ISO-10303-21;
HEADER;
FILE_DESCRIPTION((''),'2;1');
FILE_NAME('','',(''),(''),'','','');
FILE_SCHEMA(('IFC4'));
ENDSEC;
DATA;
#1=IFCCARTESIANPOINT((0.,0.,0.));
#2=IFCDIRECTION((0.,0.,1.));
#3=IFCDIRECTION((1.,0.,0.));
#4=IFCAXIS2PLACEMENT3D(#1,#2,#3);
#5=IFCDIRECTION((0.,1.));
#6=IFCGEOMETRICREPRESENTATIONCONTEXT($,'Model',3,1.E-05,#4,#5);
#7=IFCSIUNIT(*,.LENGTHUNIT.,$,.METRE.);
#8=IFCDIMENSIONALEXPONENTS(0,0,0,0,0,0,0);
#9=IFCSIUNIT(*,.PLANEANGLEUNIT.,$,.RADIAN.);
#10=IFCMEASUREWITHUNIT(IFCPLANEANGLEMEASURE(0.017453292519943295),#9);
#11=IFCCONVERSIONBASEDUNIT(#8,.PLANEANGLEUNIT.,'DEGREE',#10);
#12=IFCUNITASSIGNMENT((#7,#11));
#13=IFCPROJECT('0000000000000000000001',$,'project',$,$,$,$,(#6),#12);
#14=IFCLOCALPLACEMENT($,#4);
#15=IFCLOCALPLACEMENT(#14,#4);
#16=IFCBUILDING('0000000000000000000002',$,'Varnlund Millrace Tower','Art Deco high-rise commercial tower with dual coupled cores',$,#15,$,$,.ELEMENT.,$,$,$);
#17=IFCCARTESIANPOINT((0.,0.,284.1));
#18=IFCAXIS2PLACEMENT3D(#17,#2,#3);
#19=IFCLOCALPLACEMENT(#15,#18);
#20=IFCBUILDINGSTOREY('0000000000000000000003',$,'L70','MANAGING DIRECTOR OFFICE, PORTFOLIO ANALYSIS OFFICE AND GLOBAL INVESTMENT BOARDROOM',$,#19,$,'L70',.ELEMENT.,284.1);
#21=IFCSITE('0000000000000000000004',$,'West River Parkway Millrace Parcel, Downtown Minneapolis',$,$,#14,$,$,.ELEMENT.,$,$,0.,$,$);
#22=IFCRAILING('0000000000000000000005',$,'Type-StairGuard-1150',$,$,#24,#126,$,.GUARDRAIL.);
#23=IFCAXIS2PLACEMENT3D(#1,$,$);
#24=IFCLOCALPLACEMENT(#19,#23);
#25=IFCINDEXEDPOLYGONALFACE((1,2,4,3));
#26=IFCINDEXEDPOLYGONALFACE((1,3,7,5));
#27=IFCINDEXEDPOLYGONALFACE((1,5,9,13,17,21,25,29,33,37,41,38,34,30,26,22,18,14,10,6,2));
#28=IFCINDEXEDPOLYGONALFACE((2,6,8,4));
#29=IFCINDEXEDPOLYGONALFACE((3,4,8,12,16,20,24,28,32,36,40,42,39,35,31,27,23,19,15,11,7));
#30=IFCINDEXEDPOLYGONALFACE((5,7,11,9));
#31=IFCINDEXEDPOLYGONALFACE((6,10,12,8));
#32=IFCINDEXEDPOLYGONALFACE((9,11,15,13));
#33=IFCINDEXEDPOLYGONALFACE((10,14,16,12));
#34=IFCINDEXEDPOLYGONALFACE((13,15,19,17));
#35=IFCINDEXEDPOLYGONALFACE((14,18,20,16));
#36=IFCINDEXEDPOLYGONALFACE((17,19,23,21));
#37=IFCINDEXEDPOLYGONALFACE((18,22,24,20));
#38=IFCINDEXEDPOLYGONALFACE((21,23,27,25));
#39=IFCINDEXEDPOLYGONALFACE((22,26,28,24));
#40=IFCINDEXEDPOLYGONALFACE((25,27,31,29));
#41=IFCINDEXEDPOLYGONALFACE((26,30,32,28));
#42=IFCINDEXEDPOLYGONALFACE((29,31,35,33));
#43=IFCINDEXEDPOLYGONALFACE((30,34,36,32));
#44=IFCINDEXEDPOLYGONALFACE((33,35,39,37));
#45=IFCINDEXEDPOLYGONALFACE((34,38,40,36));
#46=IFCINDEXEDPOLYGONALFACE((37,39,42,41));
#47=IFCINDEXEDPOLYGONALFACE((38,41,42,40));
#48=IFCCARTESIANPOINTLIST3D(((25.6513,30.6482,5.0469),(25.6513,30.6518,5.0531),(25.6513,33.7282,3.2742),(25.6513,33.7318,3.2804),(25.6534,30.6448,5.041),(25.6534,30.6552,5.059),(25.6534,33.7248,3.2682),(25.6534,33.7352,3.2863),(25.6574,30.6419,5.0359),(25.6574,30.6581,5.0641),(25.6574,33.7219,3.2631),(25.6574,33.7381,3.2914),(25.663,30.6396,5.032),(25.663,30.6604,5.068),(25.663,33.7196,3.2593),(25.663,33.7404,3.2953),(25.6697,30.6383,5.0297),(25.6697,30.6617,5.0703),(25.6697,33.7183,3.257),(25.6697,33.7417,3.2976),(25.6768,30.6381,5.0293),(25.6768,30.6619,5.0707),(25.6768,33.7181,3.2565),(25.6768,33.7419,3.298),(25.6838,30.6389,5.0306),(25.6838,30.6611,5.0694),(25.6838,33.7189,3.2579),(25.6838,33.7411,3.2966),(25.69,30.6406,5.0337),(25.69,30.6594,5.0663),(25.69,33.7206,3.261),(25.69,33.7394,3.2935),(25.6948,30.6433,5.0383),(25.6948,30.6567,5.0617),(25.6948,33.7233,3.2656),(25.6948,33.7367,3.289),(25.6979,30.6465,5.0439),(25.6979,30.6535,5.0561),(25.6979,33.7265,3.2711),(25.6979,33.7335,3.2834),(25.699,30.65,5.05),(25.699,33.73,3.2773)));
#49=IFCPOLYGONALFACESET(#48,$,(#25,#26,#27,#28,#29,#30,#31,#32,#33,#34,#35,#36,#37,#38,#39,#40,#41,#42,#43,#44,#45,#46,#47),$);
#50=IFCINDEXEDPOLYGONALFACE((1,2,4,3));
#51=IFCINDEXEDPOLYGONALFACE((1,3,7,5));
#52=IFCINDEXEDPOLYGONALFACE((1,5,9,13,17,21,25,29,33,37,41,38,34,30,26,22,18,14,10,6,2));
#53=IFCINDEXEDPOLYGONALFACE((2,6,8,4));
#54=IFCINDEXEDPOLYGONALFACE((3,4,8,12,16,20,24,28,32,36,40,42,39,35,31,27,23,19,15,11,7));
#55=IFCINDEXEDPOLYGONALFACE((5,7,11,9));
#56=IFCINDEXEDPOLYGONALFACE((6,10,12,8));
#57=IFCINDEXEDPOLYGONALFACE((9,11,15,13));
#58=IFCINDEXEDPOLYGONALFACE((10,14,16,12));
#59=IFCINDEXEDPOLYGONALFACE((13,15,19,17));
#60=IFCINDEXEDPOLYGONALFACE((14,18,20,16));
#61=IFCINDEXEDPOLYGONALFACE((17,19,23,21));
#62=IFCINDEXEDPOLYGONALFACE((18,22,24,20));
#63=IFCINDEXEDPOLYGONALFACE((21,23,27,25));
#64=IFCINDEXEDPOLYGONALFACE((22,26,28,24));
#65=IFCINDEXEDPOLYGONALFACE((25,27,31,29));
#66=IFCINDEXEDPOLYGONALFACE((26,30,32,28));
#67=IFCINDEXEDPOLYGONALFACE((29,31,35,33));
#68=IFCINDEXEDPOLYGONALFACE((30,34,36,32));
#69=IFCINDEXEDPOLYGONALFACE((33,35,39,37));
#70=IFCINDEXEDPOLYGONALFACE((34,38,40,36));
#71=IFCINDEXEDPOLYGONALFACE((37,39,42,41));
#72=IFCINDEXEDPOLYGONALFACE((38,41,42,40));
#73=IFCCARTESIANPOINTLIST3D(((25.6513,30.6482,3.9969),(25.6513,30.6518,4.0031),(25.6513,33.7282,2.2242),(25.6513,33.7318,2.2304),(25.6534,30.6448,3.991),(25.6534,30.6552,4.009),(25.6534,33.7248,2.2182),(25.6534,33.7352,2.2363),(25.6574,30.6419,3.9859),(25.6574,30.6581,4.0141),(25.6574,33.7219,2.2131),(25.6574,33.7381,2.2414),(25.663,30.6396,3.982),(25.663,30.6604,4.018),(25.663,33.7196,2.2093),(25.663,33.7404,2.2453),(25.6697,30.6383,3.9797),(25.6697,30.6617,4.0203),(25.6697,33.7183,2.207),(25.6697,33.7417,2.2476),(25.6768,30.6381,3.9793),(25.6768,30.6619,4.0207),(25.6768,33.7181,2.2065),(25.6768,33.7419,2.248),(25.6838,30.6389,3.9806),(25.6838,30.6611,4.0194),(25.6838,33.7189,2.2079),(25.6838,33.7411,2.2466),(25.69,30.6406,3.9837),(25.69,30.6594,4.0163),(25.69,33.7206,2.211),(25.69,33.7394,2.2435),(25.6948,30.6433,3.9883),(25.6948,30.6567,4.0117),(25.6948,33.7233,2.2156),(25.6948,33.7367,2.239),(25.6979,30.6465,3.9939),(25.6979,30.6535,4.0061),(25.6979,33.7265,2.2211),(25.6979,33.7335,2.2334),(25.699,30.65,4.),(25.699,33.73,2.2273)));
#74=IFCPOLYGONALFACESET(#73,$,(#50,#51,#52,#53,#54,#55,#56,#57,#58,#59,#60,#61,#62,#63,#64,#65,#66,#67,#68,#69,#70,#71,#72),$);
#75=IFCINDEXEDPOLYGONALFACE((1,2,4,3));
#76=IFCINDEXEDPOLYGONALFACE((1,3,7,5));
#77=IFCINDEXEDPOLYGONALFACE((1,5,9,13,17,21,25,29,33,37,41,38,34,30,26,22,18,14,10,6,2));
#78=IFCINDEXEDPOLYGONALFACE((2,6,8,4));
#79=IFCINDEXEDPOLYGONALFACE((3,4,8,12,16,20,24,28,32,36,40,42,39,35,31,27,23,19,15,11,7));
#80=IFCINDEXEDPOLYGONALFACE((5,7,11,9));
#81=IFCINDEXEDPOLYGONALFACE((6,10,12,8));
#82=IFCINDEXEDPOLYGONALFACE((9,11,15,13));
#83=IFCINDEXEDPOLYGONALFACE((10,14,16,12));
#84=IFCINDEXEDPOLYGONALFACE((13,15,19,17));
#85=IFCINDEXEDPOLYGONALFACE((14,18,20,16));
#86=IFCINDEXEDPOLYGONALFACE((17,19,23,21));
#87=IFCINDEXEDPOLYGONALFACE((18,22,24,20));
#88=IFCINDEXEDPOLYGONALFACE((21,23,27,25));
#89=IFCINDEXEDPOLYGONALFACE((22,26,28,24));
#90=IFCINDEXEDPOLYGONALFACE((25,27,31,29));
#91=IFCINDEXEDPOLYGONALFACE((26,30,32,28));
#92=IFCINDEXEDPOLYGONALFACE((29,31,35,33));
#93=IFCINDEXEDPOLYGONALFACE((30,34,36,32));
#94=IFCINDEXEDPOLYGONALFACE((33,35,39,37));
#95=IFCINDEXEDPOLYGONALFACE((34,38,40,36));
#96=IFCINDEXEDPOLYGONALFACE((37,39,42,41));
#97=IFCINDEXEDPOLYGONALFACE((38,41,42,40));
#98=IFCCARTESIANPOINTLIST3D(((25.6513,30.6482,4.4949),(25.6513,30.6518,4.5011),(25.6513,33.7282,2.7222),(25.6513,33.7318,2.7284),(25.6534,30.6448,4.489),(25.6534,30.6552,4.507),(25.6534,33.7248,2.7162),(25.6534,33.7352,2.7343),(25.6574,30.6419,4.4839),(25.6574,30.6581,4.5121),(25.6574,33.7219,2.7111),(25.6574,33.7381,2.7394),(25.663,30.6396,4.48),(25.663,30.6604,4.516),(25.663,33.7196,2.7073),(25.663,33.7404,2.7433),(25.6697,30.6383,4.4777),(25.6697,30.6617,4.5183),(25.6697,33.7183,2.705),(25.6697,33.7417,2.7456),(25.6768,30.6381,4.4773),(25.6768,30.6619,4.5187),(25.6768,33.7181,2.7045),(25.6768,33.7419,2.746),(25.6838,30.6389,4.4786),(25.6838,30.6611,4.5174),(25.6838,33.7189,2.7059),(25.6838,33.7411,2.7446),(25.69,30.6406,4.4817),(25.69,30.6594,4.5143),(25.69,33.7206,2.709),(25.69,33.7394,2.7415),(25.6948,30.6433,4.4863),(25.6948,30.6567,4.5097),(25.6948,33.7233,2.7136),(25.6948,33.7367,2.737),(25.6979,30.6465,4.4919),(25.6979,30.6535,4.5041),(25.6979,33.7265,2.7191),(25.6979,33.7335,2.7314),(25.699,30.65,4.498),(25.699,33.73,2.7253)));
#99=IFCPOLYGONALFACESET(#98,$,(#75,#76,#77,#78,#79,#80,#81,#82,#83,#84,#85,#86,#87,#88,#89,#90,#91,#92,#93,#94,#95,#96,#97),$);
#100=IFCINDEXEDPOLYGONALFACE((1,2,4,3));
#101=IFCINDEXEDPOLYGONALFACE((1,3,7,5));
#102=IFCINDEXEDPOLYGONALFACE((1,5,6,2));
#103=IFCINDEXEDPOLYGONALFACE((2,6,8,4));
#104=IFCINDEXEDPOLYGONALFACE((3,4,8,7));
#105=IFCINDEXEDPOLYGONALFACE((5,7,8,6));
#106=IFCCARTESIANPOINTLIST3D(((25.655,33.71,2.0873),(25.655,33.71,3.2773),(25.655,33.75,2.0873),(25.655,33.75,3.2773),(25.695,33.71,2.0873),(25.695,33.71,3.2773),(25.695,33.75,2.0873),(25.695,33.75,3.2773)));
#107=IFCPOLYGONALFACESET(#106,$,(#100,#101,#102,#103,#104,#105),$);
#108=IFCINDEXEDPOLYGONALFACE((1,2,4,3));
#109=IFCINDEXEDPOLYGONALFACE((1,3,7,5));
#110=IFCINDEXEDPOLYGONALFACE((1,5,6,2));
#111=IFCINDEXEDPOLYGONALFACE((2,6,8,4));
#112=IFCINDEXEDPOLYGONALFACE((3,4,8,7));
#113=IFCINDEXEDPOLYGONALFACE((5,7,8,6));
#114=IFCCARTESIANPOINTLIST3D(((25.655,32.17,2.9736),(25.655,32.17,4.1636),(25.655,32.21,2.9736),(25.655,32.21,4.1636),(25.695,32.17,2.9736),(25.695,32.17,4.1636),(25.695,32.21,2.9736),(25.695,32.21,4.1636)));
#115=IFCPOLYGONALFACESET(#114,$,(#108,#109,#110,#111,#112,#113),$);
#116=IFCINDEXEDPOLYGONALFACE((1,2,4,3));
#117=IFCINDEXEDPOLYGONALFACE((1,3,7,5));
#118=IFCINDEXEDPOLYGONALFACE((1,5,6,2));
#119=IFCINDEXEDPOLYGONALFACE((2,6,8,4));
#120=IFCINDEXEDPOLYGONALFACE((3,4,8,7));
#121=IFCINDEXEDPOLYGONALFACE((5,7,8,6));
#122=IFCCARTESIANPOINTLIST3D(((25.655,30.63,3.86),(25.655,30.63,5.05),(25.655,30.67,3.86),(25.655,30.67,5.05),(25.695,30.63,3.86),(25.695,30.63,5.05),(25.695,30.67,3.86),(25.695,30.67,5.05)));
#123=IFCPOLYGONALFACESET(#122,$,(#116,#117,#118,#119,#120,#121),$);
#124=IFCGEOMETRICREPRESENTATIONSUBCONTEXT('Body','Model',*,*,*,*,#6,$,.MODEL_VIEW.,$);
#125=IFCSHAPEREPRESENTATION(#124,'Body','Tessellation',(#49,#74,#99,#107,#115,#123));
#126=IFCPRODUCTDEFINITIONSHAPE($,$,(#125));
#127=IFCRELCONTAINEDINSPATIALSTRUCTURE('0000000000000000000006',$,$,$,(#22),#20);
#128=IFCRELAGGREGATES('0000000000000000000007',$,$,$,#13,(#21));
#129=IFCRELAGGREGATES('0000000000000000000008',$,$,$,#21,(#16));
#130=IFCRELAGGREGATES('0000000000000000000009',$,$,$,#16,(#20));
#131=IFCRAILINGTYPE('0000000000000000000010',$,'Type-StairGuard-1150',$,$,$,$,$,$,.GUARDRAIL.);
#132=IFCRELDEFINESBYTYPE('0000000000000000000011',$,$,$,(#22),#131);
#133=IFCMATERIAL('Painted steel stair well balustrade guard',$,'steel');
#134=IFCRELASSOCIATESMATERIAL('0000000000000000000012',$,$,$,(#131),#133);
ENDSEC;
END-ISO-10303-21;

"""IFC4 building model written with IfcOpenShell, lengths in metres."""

from ifc_helpers import new_model, entity, si_unit, converted_unit, direction, frame, origin_with_axes, origin_2d_with_axis, place, context, subcontext, project, spatial, rectangle, circle, extrude, material, type_object, element, save


model = new_model("IFC4")

# Units and contexts
model_context = context("Model", 3, precision=1e-05, world=origin_with_axes(), true_north=direction((0.0, 1.0)))
body_context = subcontext(model_context, "Body", "Model", "MODEL_VIEW")
ifc_project = project(units=[si_unit("LENGTHUNIT", "METRE"), converted_unit("PLANEANGLEUNIT", "DEGREE", entity("IfcPlaneAngleMeasure", 0.017453292519943295), si_unit("PLANEANGLEUNIT", "RADIAN"), dimensions=[0, 0, 0, 0, 0, 0, 0])], contexts=[model_context])

# Site, building, storey
site_placement = place(None, origin_with_axes())
site = spatial("IfcSite", under=ifc_project, at=site_placement, Name="West River Parkway Millrace Parcel, Downtown Minneapolis", CompositionType="ELEMENT", RefElevation=0.0)
building_placement = place(site_placement, origin_with_axes())
building = spatial("IfcBuilding", under=site, at=building_placement, Name="Varnlund Millrace Tower", Description="Art Deco high-rise commercial tower with dual coupled cores", CompositionType="ELEMENT")
storey_placement = place(building_placement, frame((0.0, 0.0, 284.1), z_axis=(0.0, 0.0, 1.0), x_axis=(1.0, 0.0, 0.0)))
storey = spatial("IfcBuildingStorey", under=building, at=storey_placement, Name="L70", Description="MANAGING DIRECTOR OFFICE, PORTFOLIO ANALYSIS OFFICE AND GLOBAL INVESTMENT BOARDROOM", LongName="L70", CompositionType="ELEMENT", Elevation=284.1)

# Railing
ifc_material_1 = material(Name="Painted steel stair well balustrade guard", Category="steel")
railing_type_1 = type_object("IfcRailingType", Name="Type-StairGuard-1150", PredefinedType="GUARDRAIL", material=ifc_material_1)
railing_1_placement = place(storey_placement, frame((0.0, 0.0, -284.1), z_axis=(0.0, 0.0, 1.0), x_axis=(1.0, 0.0, 0.0)))
element("IfcRailing", 1, at=railing_1_placement, inside=storey, type_object=railing_type_1, Name="Type-StairGuard-1150", PredefinedType="GUARDRAIL", context=body_context, shape_type="SweptSolid", body=[
    extrude(circle(Radius=0.024, at=origin_2d_with_axis()), frame((25.675, 33.73, 287.3773), z_axis=(0.0, -0.866696, 0.498836), x_axis=(1.0, 0.0, 0.0)), (0.0, 0.0, 1.0), 3.5537),
    extrude(circle(Radius=0.024, at=origin_2d_with_axis()), frame((25.675, 33.73, 286.3273), z_axis=(0.0, -0.866696, 0.498836), x_axis=(1.0, 0.0, 0.0)), (0.0, 0.0, 1.0), 3.5537),
    extrude(circle(Radius=0.024, at=origin_2d_with_axis()), frame((25.675, 33.73, 286.8253), z_axis=(0.0, -0.866696, 0.498836), x_axis=(1.0, 0.0, 0.0)), (0.0, 0.0, 1.0), 3.5537),
    extrude(rectangle(XDim=0.04, YDim=0.04, at=origin_2d_with_axis()), frame((25.675, 33.73, 286.1873), z_axis=(0.0, 0.0, 1.0), x_axis=(1.0, 0.0, 0.0)), (0.0, 0.0, 1.0), 1.19),
    extrude(rectangle(XDim=0.04, YDim=0.04, at=origin_2d_with_axis()), frame((25.675, 32.19, 287.0736), z_axis=(0.0, 0.0, 1.0), x_axis=(1.0, 0.0, 0.0)), (0.0, 0.0, 1.0), 1.19),
    extrude(rectangle(XDim=0.04, YDim=0.04, at=origin_2d_with_axis()), frame((25.675, 30.65, 287.96), z_axis=(0.0, 0.0, 1.0), x_axis=(1.0, 0.0, 0.0)), (0.0, 0.0, 1.0), 1.19),
])

save(model, "model.ifc")
